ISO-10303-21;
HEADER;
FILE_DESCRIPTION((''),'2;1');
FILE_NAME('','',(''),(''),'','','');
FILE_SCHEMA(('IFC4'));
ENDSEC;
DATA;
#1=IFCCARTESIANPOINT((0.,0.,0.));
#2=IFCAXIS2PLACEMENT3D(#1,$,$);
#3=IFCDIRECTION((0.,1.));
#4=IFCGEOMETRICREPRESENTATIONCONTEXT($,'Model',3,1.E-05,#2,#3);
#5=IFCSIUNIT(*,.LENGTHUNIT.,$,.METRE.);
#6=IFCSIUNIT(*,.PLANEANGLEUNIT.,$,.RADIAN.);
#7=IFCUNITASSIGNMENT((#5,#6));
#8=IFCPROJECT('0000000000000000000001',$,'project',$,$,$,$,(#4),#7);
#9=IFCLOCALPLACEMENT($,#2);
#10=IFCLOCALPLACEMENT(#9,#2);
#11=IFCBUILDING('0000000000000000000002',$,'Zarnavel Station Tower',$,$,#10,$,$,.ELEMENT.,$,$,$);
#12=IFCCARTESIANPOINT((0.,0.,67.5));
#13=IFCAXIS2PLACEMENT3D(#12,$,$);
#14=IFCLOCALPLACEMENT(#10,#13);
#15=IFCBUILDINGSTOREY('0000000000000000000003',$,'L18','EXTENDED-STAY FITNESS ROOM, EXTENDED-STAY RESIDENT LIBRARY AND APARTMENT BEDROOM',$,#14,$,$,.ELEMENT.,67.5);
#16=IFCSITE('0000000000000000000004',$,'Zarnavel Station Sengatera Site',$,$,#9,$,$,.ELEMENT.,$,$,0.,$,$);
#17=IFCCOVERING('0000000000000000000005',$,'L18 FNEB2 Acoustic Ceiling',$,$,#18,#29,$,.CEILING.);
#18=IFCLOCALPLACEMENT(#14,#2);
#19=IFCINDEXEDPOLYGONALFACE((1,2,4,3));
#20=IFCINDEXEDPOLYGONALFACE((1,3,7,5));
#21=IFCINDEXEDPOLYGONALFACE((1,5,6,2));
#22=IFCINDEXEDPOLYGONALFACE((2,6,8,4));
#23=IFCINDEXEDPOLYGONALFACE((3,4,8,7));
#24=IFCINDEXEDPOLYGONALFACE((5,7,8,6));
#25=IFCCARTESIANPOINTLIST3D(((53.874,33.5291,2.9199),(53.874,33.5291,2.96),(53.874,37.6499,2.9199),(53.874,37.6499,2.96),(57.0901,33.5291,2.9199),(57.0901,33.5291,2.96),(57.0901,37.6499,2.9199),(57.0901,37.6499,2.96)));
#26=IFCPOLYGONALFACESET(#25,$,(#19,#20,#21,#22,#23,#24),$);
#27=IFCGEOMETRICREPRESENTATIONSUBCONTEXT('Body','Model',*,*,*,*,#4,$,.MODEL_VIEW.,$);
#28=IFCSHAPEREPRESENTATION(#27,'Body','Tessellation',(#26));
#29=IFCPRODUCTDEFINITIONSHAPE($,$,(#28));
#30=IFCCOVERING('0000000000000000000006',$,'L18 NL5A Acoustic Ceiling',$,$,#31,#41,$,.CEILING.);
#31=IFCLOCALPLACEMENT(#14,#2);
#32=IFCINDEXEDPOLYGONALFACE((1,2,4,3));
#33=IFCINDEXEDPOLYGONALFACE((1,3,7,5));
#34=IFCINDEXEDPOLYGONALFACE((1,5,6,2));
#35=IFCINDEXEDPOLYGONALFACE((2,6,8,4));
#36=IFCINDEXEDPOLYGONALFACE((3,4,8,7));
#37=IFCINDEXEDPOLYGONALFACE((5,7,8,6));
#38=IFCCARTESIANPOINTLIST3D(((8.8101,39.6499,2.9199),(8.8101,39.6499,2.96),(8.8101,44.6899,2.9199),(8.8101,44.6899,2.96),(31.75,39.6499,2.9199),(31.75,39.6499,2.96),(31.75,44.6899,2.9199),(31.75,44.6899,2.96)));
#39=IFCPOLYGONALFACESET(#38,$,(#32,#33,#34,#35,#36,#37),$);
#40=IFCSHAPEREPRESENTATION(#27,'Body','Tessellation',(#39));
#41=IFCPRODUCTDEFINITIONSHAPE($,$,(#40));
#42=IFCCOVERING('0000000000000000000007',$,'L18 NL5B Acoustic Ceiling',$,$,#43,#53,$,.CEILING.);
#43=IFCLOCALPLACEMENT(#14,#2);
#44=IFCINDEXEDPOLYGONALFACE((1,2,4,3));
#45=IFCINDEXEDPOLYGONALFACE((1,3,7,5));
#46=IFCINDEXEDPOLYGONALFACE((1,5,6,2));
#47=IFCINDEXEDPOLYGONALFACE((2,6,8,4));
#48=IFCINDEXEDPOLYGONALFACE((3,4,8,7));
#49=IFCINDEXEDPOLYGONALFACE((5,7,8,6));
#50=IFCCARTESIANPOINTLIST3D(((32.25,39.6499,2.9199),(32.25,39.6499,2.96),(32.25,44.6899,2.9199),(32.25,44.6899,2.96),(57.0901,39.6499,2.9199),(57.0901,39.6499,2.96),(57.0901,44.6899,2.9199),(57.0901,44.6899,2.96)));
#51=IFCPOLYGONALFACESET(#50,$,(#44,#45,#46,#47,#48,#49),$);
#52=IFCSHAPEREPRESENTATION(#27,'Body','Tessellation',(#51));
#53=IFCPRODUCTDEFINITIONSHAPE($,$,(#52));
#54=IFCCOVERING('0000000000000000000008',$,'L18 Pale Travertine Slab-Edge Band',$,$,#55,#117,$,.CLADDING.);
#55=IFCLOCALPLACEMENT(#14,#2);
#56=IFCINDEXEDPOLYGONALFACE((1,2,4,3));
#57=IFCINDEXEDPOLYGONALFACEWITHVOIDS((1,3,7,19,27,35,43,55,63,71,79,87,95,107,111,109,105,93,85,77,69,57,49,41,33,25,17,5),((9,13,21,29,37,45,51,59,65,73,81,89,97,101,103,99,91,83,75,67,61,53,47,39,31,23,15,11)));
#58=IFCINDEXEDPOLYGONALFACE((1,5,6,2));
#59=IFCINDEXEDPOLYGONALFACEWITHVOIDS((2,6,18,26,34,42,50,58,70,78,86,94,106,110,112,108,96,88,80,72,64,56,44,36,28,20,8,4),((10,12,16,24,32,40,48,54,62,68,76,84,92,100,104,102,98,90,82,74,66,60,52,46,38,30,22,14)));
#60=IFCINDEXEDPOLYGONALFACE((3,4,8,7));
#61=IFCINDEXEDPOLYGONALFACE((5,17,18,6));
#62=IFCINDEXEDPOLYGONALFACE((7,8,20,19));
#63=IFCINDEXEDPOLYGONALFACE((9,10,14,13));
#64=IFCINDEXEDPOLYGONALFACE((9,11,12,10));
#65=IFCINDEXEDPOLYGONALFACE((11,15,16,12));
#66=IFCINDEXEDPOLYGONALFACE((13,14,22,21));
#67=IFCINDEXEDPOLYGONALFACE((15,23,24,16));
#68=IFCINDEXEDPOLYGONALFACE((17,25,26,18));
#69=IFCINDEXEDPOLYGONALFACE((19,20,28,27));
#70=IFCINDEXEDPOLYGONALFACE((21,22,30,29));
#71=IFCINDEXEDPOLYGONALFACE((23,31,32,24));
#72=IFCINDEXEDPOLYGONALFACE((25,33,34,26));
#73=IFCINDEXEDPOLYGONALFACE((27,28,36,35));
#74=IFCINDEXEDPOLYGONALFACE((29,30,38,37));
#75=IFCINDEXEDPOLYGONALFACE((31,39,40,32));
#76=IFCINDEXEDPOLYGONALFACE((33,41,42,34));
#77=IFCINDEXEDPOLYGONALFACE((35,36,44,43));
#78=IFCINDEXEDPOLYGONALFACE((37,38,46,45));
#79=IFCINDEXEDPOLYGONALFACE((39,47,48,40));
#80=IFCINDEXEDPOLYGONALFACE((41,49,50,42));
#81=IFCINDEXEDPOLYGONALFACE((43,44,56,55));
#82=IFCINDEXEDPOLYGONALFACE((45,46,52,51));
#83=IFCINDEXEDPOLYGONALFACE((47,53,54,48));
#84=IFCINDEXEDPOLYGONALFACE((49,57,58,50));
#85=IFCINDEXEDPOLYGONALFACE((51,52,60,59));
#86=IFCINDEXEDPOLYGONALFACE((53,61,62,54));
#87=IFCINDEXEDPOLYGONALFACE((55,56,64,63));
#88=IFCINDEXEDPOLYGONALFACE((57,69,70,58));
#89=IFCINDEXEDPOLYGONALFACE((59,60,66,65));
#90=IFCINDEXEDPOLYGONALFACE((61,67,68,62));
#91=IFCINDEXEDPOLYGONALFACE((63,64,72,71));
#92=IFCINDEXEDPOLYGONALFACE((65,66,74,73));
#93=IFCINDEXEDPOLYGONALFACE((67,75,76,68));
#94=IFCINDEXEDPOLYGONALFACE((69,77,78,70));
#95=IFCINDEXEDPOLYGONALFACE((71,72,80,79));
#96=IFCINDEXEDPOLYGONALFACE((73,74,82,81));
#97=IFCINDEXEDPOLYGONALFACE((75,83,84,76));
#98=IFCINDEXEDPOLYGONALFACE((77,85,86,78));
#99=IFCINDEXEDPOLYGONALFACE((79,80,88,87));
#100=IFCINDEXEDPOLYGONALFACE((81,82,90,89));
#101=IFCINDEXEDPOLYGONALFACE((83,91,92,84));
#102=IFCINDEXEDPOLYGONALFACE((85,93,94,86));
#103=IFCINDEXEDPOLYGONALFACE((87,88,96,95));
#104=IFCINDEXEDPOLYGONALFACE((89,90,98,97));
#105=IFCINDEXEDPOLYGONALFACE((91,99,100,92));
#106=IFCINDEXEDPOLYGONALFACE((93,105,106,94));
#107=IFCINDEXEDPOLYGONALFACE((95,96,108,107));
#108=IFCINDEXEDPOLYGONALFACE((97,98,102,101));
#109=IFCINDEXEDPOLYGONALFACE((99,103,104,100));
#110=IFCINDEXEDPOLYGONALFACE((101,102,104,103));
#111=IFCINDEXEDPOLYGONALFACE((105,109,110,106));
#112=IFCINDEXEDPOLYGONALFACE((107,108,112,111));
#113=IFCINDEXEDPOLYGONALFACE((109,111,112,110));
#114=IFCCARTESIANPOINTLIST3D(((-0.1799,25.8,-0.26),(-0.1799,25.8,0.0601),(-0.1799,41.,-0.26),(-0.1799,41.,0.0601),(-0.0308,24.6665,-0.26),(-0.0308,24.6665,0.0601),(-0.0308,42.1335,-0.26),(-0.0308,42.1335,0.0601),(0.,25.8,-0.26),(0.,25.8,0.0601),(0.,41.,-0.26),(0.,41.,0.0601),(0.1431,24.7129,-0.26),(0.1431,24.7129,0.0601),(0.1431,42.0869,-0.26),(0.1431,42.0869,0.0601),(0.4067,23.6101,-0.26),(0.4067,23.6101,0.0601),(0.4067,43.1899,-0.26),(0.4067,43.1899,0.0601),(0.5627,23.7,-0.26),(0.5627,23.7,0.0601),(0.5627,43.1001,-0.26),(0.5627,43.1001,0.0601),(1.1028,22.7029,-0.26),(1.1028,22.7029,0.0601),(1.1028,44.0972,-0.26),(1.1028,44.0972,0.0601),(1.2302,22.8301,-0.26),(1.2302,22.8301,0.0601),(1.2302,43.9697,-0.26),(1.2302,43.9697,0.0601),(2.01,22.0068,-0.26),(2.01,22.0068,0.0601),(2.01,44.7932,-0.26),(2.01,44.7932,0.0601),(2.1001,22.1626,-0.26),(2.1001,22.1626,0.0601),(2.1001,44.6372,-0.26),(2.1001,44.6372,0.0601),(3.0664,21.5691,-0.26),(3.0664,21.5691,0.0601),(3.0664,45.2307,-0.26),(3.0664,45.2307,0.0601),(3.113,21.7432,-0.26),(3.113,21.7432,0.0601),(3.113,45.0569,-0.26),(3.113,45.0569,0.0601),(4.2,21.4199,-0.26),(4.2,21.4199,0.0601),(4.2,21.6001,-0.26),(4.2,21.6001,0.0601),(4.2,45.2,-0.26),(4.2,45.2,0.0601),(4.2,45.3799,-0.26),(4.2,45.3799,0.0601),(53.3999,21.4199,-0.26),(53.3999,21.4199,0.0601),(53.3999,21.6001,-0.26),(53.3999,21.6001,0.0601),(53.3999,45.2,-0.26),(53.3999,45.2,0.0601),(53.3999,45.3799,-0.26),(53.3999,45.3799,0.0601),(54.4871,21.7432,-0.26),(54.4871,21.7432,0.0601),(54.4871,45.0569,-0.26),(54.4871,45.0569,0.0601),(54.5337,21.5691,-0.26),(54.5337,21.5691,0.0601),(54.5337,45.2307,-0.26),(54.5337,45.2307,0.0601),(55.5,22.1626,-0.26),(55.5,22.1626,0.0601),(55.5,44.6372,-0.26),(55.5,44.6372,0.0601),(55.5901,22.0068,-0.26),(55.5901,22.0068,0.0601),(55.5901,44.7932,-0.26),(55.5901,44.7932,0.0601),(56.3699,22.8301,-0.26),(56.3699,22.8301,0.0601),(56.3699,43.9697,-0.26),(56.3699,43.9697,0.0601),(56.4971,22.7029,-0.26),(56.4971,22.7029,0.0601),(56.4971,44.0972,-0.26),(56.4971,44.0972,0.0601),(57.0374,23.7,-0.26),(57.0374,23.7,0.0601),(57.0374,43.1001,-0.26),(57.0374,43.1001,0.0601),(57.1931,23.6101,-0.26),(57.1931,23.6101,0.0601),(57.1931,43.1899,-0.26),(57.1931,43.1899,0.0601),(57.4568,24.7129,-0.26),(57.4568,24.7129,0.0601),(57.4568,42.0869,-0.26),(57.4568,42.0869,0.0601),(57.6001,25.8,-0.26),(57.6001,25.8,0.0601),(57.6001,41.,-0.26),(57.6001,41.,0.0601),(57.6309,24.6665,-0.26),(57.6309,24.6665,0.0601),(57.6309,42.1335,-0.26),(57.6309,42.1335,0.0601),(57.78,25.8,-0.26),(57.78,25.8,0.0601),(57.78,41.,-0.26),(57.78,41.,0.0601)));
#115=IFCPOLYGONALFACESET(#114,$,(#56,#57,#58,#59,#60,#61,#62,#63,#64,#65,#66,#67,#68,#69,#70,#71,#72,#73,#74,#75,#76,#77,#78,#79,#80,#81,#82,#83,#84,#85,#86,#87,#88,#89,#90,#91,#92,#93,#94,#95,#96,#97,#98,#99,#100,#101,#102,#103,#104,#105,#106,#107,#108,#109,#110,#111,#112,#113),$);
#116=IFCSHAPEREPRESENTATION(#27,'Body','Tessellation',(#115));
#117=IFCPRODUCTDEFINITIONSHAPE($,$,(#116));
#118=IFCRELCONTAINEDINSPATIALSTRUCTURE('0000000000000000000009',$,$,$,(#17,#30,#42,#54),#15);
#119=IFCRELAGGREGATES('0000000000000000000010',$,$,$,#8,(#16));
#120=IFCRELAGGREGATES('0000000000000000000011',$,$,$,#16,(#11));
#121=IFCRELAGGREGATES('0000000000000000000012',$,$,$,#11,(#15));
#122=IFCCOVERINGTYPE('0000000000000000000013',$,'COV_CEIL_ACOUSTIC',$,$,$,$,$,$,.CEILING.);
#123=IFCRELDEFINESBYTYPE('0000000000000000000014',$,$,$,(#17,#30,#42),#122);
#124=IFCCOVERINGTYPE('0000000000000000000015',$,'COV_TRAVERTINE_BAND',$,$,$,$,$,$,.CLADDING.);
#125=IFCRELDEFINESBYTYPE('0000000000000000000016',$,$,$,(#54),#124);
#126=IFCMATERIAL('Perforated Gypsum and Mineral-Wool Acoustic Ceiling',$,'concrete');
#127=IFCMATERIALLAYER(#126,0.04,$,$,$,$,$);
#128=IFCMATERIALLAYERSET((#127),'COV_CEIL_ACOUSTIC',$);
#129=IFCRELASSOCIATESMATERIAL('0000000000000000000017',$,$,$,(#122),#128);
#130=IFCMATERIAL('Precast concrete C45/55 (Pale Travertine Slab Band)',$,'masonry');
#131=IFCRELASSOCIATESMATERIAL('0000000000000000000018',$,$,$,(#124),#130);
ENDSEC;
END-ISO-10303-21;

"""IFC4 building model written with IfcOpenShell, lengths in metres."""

from ifc_helpers import new_model, si_unit, direction, frame, origin, place, context, subcontext, project, spatial, polyline, outline, extrude, material, layer, layer_set, type_object, element, save


model = new_model("IFC4")

# Units and contexts
model_context = context("Model", 3, precision=1e-05, world=origin(), true_north=direction((0.0, 1.0)))
body_context = subcontext(model_context, "Body", "Model", "MODEL_VIEW")
ifc_project = project(units=[si_unit("LENGTHUNIT", "METRE"), si_unit("PLANEANGLEUNIT", "RADIAN")], contexts=[model_context])

# Site, building, storey
site_placement = place(None, origin())
site = spatial("IfcSite", under=ifc_project, at=site_placement, Name="Zarnavel Station Sengatera Site", CompositionType="ELEMENT", RefElevation=0.0)
building_placement = place(site_placement, origin())
building = spatial("IfcBuilding", under=site, at=building_placement, Name="Zarnavel Station Tower", CompositionType="ELEMENT")
storey_placement = place(building_placement, frame((0.0, 0.0, 67.5)))
storey = spatial("IfcBuildingStorey", under=building, at=storey_placement, Name="L18", Description="EXTENDED-STAY FITNESS ROOM, EXTENDED-STAY RESIDENT LIBRARY AND APARTMENT BEDROOM", CompositionType="ELEMENT", Elevation=67.5)

# Coverings
ifc_material_1 = material(Name="Perforated Gypsum and Mineral-Wool Acoustic Ceiling", Category="concrete")
ifc_layer_1 = layer(ifc_material_1, 0.04)
ifc_layer_set_1 = layer_set([ifc_layer_1], Name="COV_CEIL_ACOUSTIC")
covering_type_1 = type_object("IfcCoveringType", Name="COV_CEIL_ACOUSTIC", PredefinedType="CEILING", material=ifc_layer_set_1)
covering_1_placement = place(storey_placement, frame((0.0, 0.0, 2.9199)))
element("IfcCovering", 1, at=covering_1_placement, inside=storey, type_object=covering_type_1, Name="L18 FNEB2 Acoustic Ceiling", PredefinedType="CEILING", context=body_context, shape_type="SweptSolid", body=[
    extrude(outline(polyline([(53.874, 33.5291), (57.0901, 33.5291), (57.0901, 37.6499), (53.874, 37.6499), (53.874, 33.5291)])), origin(), (0.0, 0.0, 1.0), 0.04),
])
covering_2_placement = place(storey_placement, frame((0.0, 0.0, 2.9199)))
element("IfcCovering", 2, at=covering_2_placement, inside=storey, type_object=covering_type_1, Name="L18 NL5A Acoustic Ceiling", PredefinedType="CEILING", context=body_context, shape_type="SweptSolid", body=[
    extrude(outline(polyline([(8.8101, 39.6499), (31.75, 39.6499), (31.75, 44.6899), (8.8101, 44.6899), (8.8101, 39.6499)])), origin(), (0.0, 0.0, 1.0), 0.04),
])
covering_3_placement = place(storey_placement, frame((0.0, 0.0, 2.9199)))
element("IfcCovering", 3, at=covering_3_placement, inside=storey, type_object=covering_type_1, Name="L18 NL5B Acoustic Ceiling", PredefinedType="CEILING", context=body_context, shape_type="SweptSolid", body=[
    extrude(outline(polyline([(32.25, 39.6499), (57.0901, 39.6499), (57.0901, 44.6899), (32.25, 44.6899), (32.25, 39.6499)])), origin(), (0.0, 0.0, 1.0), 0.04),
])
ifc_material_2 = material(Name="Precast concrete C45/55 (Pale Travertine Slab Band)", Category="masonry")
covering_type_2 = type_object("IfcCoveringType", Name="COV_TRAVERTINE_BAND", PredefinedType="CLADDING", material=ifc_material_2)
covering_4_placement = place(storey_placement, frame((0.0, 0.0, -0.26)))
element("IfcCovering", 4, at=covering_4_placement, inside=storey, type_object=covering_type_2, Name="L18 Pale Travertine Slab-Edge Band", PredefinedType="CLADDING", context=body_context, shape_type="SweptSolid", body=[
    extrude(outline(polyline([(53.3999, 21.4199), (54.5337, 21.5691), (55.5901, 22.0068), (56.4971, 22.7029), (57.1931, 23.6101), (57.6309, 24.6665), (57.78, 25.8), (57.78, 41.0), (57.6309, 42.1335), (57.1931, 43.1899), (56.4971, 44.0972), (55.5901, 44.7932), (54.5337, 45.2307), (53.3999, 45.3799), (4.2, 45.3799), (3.0664, 45.2307), (2.01, 44.7932), (1.1028, 44.0972), (0.4067, 43.1899), (-0.0308, 42.1335), (-0.1799, 41.0), (-0.1799, 25.8), (-0.0308, 24.6665), (0.4067, 23.6101), (1.1028, 22.7029), (2.01, 22.0068), (3.0664, 21.5691), (4.2, 21.4199), (53.3999, 21.4199)]), holes=[polyline([(53.3999, 21.6001), (54.4871, 21.7432), (55.5, 22.1626), (56.3699, 22.8301), (57.0374, 23.7), (57.4568, 24.7129), (57.6001, 25.8), (57.6001, 41.0), (57.4568, 42.0869), (57.0374, 43.1001), (56.3699, 43.9697), (55.5, 44.6372), (54.4871, 45.0569), (53.3999, 45.2), (4.2, 45.2), (3.113, 45.0569), (2.1001, 44.6372), (1.2302, 43.9697), (0.5627, 43.1001), (0.1431, 42.0869), (0.0, 41.0), (0.0, 25.8), (0.1431, 24.7129), (0.5627, 23.7), (1.2302, 22.8301), (2.1001, 22.1626), (3.113, 21.7432), (4.2, 21.6001), (53.3999, 21.6001)])]), origin(), (0.0, 0.0, 1.0), 0.3201),
])

save(model, "model.ifc")
